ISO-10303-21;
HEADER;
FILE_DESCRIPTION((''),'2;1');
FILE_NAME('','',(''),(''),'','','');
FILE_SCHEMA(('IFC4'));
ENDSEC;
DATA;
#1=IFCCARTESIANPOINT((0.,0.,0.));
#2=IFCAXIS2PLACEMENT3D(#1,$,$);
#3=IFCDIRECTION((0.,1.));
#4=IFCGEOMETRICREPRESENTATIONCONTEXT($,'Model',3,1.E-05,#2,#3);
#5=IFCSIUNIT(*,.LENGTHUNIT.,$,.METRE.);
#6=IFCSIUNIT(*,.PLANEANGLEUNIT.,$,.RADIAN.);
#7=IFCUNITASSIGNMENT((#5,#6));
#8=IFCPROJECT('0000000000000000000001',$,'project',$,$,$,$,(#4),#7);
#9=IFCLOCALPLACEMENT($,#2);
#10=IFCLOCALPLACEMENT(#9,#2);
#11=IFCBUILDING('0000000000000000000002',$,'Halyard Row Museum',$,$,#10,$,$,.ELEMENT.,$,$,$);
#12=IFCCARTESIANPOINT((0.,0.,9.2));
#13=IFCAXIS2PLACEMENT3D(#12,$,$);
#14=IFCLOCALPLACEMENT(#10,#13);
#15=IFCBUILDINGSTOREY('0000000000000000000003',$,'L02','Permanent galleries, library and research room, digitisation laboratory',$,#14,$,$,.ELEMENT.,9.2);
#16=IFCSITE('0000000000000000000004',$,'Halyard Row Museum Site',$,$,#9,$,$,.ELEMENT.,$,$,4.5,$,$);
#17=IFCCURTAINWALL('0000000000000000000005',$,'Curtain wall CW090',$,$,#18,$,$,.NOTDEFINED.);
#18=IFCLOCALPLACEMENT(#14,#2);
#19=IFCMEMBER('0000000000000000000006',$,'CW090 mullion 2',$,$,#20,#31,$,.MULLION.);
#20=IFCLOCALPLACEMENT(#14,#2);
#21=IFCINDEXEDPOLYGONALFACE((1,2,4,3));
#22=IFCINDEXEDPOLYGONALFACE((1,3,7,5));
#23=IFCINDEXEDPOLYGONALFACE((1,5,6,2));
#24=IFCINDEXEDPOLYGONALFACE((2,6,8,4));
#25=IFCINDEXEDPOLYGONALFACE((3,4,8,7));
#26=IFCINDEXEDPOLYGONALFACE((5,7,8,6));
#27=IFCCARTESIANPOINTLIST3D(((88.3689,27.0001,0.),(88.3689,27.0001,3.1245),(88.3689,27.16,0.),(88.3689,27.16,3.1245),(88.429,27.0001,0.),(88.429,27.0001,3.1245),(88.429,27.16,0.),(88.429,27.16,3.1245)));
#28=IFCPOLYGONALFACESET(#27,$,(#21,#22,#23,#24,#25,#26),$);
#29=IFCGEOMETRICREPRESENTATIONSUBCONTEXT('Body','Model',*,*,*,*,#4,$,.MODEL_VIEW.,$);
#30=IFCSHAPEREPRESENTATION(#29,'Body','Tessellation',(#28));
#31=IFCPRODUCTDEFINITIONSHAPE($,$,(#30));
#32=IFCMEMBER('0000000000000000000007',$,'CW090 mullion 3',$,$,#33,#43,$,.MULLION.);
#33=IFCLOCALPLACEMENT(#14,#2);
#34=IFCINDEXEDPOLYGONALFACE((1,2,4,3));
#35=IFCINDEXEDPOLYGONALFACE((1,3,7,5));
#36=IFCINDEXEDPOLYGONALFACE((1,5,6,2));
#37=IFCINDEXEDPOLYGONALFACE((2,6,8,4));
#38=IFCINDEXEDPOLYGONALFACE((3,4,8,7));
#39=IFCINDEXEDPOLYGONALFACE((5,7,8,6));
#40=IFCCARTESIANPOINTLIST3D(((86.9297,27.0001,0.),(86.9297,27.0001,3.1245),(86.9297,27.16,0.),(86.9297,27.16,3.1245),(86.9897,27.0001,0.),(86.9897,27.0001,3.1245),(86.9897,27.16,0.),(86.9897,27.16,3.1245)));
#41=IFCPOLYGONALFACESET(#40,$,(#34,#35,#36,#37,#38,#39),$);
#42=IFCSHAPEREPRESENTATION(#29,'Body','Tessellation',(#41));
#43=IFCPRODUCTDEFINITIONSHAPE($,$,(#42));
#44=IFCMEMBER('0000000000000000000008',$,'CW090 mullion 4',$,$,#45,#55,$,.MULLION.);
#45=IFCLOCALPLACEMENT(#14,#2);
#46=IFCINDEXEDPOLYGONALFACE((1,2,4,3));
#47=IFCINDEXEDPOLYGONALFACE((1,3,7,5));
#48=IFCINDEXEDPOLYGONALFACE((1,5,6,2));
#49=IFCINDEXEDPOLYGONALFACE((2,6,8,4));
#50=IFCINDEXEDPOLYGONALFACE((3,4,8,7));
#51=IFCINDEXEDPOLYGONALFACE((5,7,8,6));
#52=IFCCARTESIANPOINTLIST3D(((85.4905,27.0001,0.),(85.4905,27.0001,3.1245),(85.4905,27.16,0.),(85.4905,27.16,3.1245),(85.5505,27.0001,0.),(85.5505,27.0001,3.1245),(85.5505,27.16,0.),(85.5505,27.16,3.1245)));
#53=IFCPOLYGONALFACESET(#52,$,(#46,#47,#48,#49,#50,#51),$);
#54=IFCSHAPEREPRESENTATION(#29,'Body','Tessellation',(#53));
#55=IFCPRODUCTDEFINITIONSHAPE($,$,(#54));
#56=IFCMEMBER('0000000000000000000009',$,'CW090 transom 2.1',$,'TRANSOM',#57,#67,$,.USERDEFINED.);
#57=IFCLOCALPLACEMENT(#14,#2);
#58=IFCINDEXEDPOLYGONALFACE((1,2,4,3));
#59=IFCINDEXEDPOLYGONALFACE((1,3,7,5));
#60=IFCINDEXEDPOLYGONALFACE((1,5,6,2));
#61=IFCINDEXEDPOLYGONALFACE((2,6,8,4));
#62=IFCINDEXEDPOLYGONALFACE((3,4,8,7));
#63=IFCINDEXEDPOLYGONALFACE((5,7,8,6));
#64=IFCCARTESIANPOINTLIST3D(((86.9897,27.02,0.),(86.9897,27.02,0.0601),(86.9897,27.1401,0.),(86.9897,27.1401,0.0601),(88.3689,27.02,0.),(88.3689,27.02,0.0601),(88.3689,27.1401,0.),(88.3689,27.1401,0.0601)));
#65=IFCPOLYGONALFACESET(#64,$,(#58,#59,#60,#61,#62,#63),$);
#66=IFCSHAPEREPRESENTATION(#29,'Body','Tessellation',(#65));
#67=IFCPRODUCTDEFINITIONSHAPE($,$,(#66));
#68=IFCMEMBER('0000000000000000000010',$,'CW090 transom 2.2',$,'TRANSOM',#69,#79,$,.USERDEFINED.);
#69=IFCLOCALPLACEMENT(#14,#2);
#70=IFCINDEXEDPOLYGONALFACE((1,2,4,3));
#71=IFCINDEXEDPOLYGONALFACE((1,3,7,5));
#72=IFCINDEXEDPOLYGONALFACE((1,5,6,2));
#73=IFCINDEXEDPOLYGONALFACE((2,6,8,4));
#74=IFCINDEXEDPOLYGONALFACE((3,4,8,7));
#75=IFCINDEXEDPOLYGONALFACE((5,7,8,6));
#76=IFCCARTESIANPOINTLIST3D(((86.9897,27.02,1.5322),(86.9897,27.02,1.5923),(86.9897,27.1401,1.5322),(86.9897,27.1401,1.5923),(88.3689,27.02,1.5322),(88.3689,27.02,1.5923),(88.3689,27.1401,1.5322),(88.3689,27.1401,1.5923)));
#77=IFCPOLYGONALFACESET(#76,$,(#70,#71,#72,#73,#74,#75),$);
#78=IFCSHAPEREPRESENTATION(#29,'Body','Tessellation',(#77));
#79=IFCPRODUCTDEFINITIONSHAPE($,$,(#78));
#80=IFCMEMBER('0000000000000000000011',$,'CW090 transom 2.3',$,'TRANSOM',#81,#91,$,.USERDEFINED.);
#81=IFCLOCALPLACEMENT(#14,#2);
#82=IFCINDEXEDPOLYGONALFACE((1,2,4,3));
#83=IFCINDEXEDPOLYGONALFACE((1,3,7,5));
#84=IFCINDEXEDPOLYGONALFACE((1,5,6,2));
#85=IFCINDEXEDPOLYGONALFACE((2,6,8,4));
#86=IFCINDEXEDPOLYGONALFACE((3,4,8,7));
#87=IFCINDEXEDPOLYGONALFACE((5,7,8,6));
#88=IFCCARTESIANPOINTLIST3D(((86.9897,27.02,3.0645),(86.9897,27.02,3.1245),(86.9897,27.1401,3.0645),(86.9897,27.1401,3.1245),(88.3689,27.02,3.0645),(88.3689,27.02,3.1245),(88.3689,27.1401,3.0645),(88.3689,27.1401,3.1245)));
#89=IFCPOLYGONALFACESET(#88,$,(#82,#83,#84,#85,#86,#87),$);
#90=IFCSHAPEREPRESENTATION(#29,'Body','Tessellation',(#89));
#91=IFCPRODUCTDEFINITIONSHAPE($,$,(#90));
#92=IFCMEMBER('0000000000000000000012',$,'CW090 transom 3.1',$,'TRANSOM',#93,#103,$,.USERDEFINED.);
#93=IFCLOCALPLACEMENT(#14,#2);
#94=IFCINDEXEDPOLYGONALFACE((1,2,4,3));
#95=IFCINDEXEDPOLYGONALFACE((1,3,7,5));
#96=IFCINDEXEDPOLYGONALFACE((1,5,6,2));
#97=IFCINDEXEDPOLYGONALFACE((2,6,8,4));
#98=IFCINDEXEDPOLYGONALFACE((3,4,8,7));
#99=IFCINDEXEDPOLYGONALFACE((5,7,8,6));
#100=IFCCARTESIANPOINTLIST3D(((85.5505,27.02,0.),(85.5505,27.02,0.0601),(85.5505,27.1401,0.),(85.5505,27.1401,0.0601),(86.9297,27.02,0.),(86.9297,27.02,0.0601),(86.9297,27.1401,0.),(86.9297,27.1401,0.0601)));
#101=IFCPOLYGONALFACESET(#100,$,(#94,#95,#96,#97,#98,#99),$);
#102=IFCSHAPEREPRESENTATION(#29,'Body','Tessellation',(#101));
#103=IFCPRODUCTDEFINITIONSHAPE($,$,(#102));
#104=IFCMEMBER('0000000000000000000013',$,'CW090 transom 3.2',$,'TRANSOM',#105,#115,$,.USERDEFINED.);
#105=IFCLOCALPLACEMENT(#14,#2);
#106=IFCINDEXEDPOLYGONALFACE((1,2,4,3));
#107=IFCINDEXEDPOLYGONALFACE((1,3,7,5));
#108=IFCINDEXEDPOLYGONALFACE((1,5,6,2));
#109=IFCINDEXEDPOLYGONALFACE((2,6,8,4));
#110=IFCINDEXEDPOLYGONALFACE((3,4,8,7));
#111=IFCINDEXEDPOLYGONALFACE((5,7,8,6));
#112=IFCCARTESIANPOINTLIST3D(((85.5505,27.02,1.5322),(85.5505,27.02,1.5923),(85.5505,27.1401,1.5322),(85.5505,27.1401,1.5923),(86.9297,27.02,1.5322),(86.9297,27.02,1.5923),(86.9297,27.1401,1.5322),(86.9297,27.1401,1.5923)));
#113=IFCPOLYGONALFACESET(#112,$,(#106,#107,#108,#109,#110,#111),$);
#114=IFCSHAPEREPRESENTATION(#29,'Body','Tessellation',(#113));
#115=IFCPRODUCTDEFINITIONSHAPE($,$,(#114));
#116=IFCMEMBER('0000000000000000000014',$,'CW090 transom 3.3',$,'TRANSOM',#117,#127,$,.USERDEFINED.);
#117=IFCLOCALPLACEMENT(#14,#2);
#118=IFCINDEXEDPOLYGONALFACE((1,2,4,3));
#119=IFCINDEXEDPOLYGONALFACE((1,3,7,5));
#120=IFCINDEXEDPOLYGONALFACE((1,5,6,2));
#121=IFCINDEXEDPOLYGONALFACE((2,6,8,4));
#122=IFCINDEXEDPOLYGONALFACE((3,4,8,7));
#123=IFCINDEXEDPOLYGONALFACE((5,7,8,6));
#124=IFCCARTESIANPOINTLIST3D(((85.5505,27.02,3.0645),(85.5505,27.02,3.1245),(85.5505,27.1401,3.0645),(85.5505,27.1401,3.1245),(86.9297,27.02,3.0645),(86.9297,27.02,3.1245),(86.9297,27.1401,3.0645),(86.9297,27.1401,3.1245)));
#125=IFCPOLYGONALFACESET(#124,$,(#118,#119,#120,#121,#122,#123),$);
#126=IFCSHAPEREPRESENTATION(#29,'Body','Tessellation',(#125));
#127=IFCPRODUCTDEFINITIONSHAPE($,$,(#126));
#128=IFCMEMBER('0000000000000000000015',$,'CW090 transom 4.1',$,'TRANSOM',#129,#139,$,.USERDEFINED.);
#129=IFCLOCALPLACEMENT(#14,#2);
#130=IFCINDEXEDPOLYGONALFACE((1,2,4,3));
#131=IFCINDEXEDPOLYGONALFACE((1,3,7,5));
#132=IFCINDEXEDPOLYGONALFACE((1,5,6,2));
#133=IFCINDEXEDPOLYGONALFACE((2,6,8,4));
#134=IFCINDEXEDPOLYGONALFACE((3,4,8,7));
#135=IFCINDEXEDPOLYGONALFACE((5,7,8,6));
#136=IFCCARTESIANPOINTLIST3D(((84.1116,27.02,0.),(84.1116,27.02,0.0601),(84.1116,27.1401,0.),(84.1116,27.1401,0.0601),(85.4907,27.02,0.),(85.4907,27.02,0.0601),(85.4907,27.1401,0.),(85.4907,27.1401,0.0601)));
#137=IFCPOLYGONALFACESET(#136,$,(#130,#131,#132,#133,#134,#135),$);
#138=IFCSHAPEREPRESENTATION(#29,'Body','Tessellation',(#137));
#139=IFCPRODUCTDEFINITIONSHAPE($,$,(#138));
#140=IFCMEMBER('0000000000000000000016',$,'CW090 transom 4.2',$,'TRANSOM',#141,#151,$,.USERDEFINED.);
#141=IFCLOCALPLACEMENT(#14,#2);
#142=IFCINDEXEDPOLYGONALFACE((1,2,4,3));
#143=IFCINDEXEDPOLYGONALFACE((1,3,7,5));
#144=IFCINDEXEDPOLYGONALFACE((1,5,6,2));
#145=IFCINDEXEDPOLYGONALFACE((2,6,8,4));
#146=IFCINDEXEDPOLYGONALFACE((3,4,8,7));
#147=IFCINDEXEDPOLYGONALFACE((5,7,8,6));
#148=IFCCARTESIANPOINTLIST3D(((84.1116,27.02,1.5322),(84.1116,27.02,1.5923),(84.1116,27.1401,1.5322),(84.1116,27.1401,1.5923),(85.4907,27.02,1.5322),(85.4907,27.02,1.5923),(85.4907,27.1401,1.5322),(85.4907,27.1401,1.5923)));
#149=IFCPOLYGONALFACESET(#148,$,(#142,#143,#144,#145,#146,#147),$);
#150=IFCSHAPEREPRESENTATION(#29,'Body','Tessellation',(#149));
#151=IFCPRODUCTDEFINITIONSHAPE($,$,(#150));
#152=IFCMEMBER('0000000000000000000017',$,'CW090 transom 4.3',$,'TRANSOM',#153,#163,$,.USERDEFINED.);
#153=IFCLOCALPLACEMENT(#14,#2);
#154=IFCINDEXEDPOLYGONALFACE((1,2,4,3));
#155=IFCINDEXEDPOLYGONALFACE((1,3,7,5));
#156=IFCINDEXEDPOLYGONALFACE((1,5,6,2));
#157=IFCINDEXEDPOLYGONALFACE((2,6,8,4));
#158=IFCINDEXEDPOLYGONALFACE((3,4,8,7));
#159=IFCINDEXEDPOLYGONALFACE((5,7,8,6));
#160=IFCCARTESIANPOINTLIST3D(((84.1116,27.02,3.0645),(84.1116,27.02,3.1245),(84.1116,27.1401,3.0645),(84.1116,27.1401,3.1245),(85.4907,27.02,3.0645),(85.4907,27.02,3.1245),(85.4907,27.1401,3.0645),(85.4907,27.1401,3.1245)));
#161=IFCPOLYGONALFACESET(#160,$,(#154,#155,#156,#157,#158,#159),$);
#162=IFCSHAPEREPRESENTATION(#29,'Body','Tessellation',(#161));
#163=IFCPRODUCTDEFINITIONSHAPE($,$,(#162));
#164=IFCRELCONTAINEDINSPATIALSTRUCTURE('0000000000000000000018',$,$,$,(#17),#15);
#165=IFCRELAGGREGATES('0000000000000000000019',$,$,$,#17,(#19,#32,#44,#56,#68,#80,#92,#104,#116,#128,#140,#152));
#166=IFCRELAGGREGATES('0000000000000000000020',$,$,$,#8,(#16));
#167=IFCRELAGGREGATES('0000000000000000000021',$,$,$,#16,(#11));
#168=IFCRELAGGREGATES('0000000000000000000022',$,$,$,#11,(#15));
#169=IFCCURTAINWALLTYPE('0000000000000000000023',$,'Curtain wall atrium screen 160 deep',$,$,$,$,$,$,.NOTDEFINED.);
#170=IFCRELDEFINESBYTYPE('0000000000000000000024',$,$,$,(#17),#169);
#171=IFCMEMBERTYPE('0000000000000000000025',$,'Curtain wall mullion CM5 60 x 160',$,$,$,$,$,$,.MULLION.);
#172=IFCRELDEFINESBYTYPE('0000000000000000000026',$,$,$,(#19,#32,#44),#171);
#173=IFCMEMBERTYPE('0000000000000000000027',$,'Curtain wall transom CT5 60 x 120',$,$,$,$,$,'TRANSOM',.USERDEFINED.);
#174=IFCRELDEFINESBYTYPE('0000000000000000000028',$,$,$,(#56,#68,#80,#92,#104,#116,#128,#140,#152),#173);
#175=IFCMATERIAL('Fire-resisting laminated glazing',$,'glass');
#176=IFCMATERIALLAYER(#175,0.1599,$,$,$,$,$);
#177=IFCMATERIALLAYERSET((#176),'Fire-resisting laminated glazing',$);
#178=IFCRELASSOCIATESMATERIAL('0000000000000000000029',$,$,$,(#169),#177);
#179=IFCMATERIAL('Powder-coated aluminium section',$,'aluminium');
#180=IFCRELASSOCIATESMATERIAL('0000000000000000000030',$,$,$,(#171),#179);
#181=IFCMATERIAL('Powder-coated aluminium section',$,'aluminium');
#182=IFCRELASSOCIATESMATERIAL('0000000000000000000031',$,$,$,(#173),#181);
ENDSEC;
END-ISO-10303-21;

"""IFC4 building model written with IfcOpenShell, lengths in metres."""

from ifc_helpers import new_model, si_unit, direction, frame, origin, origin_2d, place, context, subcontext, project, spatial, rectangle, extrude, material, layer, layer_set, material_profile, profile_set, type_object, element, aggregate, save


model = new_model("IFC4")

# Units and contexts
model_context = context("Model", 3, precision=1e-05, world=origin(), true_north=direction((0.0, 1.0)))
body_context = subcontext(model_context, "Body", "Model", "MODEL_VIEW")
ifc_project = project(units=[si_unit("LENGTHUNIT", "METRE"), si_unit("PLANEANGLEUNIT", "RADIAN")], contexts=[model_context])

# Site, building, storey
site_placement = place(None, origin())
site = spatial("IfcSite", under=ifc_project, at=site_placement, Name="Halyard Row Museum Site", CompositionType="ELEMENT", RefElevation=4.5)
building_placement = place(site_placement, origin())
building = spatial("IfcBuilding", under=site, at=building_placement, Name="Halyard Row Museum", CompositionType="ELEMENT")
storey_placement = place(building_placement, frame((0.0, 0.0, 9.2)))
storey = spatial("IfcBuildingStorey", under=building, at=storey_placement, Name="L02", Description="Permanent galleries, library and research room, digitisation laboratory", CompositionType="ELEMENT", Elevation=9.2)

# Curtain wall, members
ifc_material_1 = material(Name="Fire-resisting laminated glazing", Category="glass")
ifc_layer_1 = layer(ifc_material_1, 0.1599)
ifc_layer_set_1 = layer_set([ifc_layer_1], Name="Fire-resisting laminated glazing")
curtain_wall_type = type_object("IfcCurtainWallType", Name="Curtain wall atrium screen 160 deep", PredefinedType="NOTDEFINED", material=ifc_layer_set_1)
curtain_wall_placement = place(storey_placement, origin())
curtain_wall = element("IfcCurtainWall", 1, at=curtain_wall_placement, inside=storey, type_object=curtain_wall_type, Name="Curtain wall CW090", PredefinedType="NOTDEFINED")
ifc_material_2 = material(Name="Powder-coated aluminium section", Category="aluminium")
ifc_material_profile_1 = material_profile(ifc_material_2, rectangle(XDim=0.1599, YDim=0.0601, at=origin_2d()), Name="160x60 mullion")
ifc_profile_set_1 = profile_set([ifc_material_profile_1], Name="Powder-coated aluminium section")
member_type_1 = type_object("IfcMemberType", Name="Curtain wall mullion CM5 60 x 160", PredefinedType="MULLION", material=ifc_profile_set_1)
member_1_placement = place(storey_placement, frame((88.3989, 27.0801, 0.0), z_axis=(0.0, 0.0, 1.0), x_axis=(0.0, -1.0, 0.0)))
member_1 = element("IfcMember", 2, at=member_1_placement, type_object=member_type_1, Name="CW090 mullion 2", PredefinedType="MULLION", context=body_context, shape_type="SweptSolid", body=[
    extrude(rectangle(XDim=0.1599, YDim=0.0601, at=origin_2d()), origin(), (0.0, 0.0, 1.0), 3.1245),
])
member_2_placement = place(storey_placement, frame((86.9597, 27.0801, 0.0), z_axis=(0.0, 0.0, 1.0), x_axis=(0.0, -1.0, 0.0)))
member_2 = element("IfcMember", 3, at=member_2_placement, type_object=member_type_1, Name="CW090 mullion 3", PredefinedType="MULLION", context=body_context, shape_type="SweptSolid", body=[
    extrude(rectangle(XDim=0.1599, YDim=0.0601, at=origin_2d()), origin(), (0.0, 0.0, 1.0), 3.1245),
])
member_3_placement = place(storey_placement, frame((85.5205, 27.0801, 0.0), z_axis=(0.0, 0.0, 1.0), x_axis=(0.0, -1.0, 0.0)))
member_3 = element("IfcMember", 4, at=member_3_placement, type_object=member_type_1, Name="CW090 mullion 4", PredefinedType="MULLION", context=body_context, shape_type="SweptSolid", body=[
    extrude(rectangle(XDim=0.1599, YDim=0.0601, at=origin_2d()), origin(), (0.0, 0.0, 1.0), 3.1245),
])
ifc_material_3 = material(Name="Powder-coated aluminium section", Category="aluminium")
ifc_material_profile_2 = material_profile(ifc_material_3, rectangle(XDim=0.1201, YDim=0.0601, at=origin_2d()), Name="120x60 transom")
ifc_profile_set_2 = profile_set([ifc_material_profile_2], Name="Powder-coated aluminium section")
member_type_2 = type_object("IfcMemberType", Name="Curtain wall transom CT5 60 x 120", ElementType="TRANSOM", PredefinedType="USERDEFINED", material=ifc_profile_set_2)
member_4_placement = place(storey_placement, frame((88.3689, 27.0801, 0.03), z_axis=(-1.0, 0.0, 0.0), x_axis=(0.0, -1.0, 0.0)))
member_4 = element("IfcMember", 5, at=member_4_placement, type_object=member_type_2, Name="CW090 transom 2.1", ObjectType="TRANSOM", PredefinedType="USERDEFINED", context=body_context, shape_type="SweptSolid", body=[
    extrude(rectangle(XDim=0.1201, YDim=0.0601, at=origin_2d()), origin(), (0.0, 0.0, 1.0), 1.3792),
])
member_5_placement = place(storey_placement, frame((88.3689, 27.0801, 1.5623), z_axis=(-1.0, 0.0, 0.0), x_axis=(0.0, -1.0, 0.0)))
member_5 = element("IfcMember", 6, at=member_5_placement, type_object=member_type_2, Name="CW090 transom 2.2", ObjectType="TRANSOM", PredefinedType="USERDEFINED", context=body_context, shape_type="SweptSolid", body=[
    extrude(rectangle(XDim=0.1201, YDim=0.0601, at=origin_2d()), origin(), (0.0, 0.0, 1.0), 1.3792),
])
member_6_placement = place(storey_placement, frame((88.3689, 27.0801, 3.0945), z_axis=(-1.0, 0.0, 0.0), x_axis=(0.0, -1.0, 0.0)))
member_6 = element("IfcMember", 7, at=member_6_placement, type_object=member_type_2, Name="CW090 transom 2.3", ObjectType="TRANSOM", PredefinedType="USERDEFINED", context=body_context, shape_type="SweptSolid", body=[
    extrude(rectangle(XDim=0.1201, YDim=0.0601, at=origin_2d()), origin(), (0.0, 0.0, 1.0), 1.3792),
])
member_7_placement = place(storey_placement, frame((86.9297, 27.0801, 0.03), z_axis=(-1.0, 0.0, 0.0), x_axis=(0.0, -1.0, 0.0)))
member_7 = element("IfcMember", 8, at=member_7_placement, type_object=member_type_2, Name="CW090 transom 3.1", ObjectType="TRANSOM", PredefinedType="USERDEFINED", context=body_context, shape_type="SweptSolid", body=[
    extrude(rectangle(XDim=0.1201, YDim=0.0601, at=origin_2d()), origin(), (0.0, 0.0, 1.0), 1.3792),
])
member_8_placement = place(storey_placement, frame((86.9297, 27.0801, 1.5623), z_axis=(-1.0, 0.0, 0.0), x_axis=(0.0, -1.0, 0.0)))
member_8 = element("IfcMember", 9, at=member_8_placement, type_object=member_type_2, Name="CW090 transom 3.2", ObjectType="TRANSOM", PredefinedType="USERDEFINED", context=body_context, shape_type="SweptSolid", body=[
    extrude(rectangle(XDim=0.1201, YDim=0.0601, at=origin_2d()), origin(), (0.0, 0.0, 1.0), 1.3792),
])
member_9_placement = place(storey_placement, frame((86.9297, 27.0801, 3.0945), z_axis=(-1.0, 0.0, 0.0), x_axis=(0.0, -1.0, 0.0)))
member_9 = element("IfcMember", 10, at=member_9_placement, type_object=member_type_2, Name="CW090 transom 3.3", ObjectType="TRANSOM", PredefinedType="USERDEFINED", context=body_context, shape_type="SweptSolid", body=[
    extrude(rectangle(XDim=0.1201, YDim=0.0601, at=origin_2d()), origin(), (0.0, 0.0, 1.0), 1.3792),
])
member_10_placement = place(storey_placement, frame((85.4907, 27.0801, 0.03), z_axis=(-1.0, 0.0, 0.0), x_axis=(0.0, -1.0, 0.0)))
member_10 = element("IfcMember", 11, at=member_10_placement, type_object=member_type_2, Name="CW090 transom 4.1", ObjectType="TRANSOM", PredefinedType="USERDEFINED", context=body_context, shape_type="SweptSolid", body=[
    extrude(rectangle(XDim=0.1201, YDim=0.0601, at=origin_2d()), origin(), (0.0, 0.0, 1.0), 1.3792),
])
member_11_placement = place(storey_placement, frame((85.4907, 27.0801, 1.5623), z_axis=(-1.0, 0.0, 0.0), x_axis=(0.0, -1.0, 0.0)))
member_11 = element("IfcMember", 12, at=member_11_placement, type_object=member_type_2, Name="CW090 transom 4.2", ObjectType="TRANSOM", PredefinedType="USERDEFINED", context=body_context, shape_type="SweptSolid", body=[
    extrude(rectangle(XDim=0.1201, YDim=0.0601, at=origin_2d()), origin(), (0.0, 0.0, 1.0), 1.3792),
])
member_12_placement = place(storey_placement, frame((85.4907, 27.0801, 3.0945), z_axis=(-1.0, 0.0, 0.0), x_axis=(0.0, -1.0, 0.0)))
member_12 = element("IfcMember", 13, at=member_12_placement, type_object=member_type_2, Name="CW090 transom 4.3", ObjectType="TRANSOM", PredefinedType="USERDEFINED", context=body_context, shape_type="SweptSolid", body=[
    extrude(rectangle(XDim=0.1201, YDim=0.0601, at=origin_2d()), origin(), (0.0, 0.0, 1.0), 1.3792),
])

aggregate(curtain_wall, [member_1, member_2, member_3, member_4, member_5, member_6, member_7, member_8, member_9, member_10, member_11, member_12])

save(model, "model.ifc")
